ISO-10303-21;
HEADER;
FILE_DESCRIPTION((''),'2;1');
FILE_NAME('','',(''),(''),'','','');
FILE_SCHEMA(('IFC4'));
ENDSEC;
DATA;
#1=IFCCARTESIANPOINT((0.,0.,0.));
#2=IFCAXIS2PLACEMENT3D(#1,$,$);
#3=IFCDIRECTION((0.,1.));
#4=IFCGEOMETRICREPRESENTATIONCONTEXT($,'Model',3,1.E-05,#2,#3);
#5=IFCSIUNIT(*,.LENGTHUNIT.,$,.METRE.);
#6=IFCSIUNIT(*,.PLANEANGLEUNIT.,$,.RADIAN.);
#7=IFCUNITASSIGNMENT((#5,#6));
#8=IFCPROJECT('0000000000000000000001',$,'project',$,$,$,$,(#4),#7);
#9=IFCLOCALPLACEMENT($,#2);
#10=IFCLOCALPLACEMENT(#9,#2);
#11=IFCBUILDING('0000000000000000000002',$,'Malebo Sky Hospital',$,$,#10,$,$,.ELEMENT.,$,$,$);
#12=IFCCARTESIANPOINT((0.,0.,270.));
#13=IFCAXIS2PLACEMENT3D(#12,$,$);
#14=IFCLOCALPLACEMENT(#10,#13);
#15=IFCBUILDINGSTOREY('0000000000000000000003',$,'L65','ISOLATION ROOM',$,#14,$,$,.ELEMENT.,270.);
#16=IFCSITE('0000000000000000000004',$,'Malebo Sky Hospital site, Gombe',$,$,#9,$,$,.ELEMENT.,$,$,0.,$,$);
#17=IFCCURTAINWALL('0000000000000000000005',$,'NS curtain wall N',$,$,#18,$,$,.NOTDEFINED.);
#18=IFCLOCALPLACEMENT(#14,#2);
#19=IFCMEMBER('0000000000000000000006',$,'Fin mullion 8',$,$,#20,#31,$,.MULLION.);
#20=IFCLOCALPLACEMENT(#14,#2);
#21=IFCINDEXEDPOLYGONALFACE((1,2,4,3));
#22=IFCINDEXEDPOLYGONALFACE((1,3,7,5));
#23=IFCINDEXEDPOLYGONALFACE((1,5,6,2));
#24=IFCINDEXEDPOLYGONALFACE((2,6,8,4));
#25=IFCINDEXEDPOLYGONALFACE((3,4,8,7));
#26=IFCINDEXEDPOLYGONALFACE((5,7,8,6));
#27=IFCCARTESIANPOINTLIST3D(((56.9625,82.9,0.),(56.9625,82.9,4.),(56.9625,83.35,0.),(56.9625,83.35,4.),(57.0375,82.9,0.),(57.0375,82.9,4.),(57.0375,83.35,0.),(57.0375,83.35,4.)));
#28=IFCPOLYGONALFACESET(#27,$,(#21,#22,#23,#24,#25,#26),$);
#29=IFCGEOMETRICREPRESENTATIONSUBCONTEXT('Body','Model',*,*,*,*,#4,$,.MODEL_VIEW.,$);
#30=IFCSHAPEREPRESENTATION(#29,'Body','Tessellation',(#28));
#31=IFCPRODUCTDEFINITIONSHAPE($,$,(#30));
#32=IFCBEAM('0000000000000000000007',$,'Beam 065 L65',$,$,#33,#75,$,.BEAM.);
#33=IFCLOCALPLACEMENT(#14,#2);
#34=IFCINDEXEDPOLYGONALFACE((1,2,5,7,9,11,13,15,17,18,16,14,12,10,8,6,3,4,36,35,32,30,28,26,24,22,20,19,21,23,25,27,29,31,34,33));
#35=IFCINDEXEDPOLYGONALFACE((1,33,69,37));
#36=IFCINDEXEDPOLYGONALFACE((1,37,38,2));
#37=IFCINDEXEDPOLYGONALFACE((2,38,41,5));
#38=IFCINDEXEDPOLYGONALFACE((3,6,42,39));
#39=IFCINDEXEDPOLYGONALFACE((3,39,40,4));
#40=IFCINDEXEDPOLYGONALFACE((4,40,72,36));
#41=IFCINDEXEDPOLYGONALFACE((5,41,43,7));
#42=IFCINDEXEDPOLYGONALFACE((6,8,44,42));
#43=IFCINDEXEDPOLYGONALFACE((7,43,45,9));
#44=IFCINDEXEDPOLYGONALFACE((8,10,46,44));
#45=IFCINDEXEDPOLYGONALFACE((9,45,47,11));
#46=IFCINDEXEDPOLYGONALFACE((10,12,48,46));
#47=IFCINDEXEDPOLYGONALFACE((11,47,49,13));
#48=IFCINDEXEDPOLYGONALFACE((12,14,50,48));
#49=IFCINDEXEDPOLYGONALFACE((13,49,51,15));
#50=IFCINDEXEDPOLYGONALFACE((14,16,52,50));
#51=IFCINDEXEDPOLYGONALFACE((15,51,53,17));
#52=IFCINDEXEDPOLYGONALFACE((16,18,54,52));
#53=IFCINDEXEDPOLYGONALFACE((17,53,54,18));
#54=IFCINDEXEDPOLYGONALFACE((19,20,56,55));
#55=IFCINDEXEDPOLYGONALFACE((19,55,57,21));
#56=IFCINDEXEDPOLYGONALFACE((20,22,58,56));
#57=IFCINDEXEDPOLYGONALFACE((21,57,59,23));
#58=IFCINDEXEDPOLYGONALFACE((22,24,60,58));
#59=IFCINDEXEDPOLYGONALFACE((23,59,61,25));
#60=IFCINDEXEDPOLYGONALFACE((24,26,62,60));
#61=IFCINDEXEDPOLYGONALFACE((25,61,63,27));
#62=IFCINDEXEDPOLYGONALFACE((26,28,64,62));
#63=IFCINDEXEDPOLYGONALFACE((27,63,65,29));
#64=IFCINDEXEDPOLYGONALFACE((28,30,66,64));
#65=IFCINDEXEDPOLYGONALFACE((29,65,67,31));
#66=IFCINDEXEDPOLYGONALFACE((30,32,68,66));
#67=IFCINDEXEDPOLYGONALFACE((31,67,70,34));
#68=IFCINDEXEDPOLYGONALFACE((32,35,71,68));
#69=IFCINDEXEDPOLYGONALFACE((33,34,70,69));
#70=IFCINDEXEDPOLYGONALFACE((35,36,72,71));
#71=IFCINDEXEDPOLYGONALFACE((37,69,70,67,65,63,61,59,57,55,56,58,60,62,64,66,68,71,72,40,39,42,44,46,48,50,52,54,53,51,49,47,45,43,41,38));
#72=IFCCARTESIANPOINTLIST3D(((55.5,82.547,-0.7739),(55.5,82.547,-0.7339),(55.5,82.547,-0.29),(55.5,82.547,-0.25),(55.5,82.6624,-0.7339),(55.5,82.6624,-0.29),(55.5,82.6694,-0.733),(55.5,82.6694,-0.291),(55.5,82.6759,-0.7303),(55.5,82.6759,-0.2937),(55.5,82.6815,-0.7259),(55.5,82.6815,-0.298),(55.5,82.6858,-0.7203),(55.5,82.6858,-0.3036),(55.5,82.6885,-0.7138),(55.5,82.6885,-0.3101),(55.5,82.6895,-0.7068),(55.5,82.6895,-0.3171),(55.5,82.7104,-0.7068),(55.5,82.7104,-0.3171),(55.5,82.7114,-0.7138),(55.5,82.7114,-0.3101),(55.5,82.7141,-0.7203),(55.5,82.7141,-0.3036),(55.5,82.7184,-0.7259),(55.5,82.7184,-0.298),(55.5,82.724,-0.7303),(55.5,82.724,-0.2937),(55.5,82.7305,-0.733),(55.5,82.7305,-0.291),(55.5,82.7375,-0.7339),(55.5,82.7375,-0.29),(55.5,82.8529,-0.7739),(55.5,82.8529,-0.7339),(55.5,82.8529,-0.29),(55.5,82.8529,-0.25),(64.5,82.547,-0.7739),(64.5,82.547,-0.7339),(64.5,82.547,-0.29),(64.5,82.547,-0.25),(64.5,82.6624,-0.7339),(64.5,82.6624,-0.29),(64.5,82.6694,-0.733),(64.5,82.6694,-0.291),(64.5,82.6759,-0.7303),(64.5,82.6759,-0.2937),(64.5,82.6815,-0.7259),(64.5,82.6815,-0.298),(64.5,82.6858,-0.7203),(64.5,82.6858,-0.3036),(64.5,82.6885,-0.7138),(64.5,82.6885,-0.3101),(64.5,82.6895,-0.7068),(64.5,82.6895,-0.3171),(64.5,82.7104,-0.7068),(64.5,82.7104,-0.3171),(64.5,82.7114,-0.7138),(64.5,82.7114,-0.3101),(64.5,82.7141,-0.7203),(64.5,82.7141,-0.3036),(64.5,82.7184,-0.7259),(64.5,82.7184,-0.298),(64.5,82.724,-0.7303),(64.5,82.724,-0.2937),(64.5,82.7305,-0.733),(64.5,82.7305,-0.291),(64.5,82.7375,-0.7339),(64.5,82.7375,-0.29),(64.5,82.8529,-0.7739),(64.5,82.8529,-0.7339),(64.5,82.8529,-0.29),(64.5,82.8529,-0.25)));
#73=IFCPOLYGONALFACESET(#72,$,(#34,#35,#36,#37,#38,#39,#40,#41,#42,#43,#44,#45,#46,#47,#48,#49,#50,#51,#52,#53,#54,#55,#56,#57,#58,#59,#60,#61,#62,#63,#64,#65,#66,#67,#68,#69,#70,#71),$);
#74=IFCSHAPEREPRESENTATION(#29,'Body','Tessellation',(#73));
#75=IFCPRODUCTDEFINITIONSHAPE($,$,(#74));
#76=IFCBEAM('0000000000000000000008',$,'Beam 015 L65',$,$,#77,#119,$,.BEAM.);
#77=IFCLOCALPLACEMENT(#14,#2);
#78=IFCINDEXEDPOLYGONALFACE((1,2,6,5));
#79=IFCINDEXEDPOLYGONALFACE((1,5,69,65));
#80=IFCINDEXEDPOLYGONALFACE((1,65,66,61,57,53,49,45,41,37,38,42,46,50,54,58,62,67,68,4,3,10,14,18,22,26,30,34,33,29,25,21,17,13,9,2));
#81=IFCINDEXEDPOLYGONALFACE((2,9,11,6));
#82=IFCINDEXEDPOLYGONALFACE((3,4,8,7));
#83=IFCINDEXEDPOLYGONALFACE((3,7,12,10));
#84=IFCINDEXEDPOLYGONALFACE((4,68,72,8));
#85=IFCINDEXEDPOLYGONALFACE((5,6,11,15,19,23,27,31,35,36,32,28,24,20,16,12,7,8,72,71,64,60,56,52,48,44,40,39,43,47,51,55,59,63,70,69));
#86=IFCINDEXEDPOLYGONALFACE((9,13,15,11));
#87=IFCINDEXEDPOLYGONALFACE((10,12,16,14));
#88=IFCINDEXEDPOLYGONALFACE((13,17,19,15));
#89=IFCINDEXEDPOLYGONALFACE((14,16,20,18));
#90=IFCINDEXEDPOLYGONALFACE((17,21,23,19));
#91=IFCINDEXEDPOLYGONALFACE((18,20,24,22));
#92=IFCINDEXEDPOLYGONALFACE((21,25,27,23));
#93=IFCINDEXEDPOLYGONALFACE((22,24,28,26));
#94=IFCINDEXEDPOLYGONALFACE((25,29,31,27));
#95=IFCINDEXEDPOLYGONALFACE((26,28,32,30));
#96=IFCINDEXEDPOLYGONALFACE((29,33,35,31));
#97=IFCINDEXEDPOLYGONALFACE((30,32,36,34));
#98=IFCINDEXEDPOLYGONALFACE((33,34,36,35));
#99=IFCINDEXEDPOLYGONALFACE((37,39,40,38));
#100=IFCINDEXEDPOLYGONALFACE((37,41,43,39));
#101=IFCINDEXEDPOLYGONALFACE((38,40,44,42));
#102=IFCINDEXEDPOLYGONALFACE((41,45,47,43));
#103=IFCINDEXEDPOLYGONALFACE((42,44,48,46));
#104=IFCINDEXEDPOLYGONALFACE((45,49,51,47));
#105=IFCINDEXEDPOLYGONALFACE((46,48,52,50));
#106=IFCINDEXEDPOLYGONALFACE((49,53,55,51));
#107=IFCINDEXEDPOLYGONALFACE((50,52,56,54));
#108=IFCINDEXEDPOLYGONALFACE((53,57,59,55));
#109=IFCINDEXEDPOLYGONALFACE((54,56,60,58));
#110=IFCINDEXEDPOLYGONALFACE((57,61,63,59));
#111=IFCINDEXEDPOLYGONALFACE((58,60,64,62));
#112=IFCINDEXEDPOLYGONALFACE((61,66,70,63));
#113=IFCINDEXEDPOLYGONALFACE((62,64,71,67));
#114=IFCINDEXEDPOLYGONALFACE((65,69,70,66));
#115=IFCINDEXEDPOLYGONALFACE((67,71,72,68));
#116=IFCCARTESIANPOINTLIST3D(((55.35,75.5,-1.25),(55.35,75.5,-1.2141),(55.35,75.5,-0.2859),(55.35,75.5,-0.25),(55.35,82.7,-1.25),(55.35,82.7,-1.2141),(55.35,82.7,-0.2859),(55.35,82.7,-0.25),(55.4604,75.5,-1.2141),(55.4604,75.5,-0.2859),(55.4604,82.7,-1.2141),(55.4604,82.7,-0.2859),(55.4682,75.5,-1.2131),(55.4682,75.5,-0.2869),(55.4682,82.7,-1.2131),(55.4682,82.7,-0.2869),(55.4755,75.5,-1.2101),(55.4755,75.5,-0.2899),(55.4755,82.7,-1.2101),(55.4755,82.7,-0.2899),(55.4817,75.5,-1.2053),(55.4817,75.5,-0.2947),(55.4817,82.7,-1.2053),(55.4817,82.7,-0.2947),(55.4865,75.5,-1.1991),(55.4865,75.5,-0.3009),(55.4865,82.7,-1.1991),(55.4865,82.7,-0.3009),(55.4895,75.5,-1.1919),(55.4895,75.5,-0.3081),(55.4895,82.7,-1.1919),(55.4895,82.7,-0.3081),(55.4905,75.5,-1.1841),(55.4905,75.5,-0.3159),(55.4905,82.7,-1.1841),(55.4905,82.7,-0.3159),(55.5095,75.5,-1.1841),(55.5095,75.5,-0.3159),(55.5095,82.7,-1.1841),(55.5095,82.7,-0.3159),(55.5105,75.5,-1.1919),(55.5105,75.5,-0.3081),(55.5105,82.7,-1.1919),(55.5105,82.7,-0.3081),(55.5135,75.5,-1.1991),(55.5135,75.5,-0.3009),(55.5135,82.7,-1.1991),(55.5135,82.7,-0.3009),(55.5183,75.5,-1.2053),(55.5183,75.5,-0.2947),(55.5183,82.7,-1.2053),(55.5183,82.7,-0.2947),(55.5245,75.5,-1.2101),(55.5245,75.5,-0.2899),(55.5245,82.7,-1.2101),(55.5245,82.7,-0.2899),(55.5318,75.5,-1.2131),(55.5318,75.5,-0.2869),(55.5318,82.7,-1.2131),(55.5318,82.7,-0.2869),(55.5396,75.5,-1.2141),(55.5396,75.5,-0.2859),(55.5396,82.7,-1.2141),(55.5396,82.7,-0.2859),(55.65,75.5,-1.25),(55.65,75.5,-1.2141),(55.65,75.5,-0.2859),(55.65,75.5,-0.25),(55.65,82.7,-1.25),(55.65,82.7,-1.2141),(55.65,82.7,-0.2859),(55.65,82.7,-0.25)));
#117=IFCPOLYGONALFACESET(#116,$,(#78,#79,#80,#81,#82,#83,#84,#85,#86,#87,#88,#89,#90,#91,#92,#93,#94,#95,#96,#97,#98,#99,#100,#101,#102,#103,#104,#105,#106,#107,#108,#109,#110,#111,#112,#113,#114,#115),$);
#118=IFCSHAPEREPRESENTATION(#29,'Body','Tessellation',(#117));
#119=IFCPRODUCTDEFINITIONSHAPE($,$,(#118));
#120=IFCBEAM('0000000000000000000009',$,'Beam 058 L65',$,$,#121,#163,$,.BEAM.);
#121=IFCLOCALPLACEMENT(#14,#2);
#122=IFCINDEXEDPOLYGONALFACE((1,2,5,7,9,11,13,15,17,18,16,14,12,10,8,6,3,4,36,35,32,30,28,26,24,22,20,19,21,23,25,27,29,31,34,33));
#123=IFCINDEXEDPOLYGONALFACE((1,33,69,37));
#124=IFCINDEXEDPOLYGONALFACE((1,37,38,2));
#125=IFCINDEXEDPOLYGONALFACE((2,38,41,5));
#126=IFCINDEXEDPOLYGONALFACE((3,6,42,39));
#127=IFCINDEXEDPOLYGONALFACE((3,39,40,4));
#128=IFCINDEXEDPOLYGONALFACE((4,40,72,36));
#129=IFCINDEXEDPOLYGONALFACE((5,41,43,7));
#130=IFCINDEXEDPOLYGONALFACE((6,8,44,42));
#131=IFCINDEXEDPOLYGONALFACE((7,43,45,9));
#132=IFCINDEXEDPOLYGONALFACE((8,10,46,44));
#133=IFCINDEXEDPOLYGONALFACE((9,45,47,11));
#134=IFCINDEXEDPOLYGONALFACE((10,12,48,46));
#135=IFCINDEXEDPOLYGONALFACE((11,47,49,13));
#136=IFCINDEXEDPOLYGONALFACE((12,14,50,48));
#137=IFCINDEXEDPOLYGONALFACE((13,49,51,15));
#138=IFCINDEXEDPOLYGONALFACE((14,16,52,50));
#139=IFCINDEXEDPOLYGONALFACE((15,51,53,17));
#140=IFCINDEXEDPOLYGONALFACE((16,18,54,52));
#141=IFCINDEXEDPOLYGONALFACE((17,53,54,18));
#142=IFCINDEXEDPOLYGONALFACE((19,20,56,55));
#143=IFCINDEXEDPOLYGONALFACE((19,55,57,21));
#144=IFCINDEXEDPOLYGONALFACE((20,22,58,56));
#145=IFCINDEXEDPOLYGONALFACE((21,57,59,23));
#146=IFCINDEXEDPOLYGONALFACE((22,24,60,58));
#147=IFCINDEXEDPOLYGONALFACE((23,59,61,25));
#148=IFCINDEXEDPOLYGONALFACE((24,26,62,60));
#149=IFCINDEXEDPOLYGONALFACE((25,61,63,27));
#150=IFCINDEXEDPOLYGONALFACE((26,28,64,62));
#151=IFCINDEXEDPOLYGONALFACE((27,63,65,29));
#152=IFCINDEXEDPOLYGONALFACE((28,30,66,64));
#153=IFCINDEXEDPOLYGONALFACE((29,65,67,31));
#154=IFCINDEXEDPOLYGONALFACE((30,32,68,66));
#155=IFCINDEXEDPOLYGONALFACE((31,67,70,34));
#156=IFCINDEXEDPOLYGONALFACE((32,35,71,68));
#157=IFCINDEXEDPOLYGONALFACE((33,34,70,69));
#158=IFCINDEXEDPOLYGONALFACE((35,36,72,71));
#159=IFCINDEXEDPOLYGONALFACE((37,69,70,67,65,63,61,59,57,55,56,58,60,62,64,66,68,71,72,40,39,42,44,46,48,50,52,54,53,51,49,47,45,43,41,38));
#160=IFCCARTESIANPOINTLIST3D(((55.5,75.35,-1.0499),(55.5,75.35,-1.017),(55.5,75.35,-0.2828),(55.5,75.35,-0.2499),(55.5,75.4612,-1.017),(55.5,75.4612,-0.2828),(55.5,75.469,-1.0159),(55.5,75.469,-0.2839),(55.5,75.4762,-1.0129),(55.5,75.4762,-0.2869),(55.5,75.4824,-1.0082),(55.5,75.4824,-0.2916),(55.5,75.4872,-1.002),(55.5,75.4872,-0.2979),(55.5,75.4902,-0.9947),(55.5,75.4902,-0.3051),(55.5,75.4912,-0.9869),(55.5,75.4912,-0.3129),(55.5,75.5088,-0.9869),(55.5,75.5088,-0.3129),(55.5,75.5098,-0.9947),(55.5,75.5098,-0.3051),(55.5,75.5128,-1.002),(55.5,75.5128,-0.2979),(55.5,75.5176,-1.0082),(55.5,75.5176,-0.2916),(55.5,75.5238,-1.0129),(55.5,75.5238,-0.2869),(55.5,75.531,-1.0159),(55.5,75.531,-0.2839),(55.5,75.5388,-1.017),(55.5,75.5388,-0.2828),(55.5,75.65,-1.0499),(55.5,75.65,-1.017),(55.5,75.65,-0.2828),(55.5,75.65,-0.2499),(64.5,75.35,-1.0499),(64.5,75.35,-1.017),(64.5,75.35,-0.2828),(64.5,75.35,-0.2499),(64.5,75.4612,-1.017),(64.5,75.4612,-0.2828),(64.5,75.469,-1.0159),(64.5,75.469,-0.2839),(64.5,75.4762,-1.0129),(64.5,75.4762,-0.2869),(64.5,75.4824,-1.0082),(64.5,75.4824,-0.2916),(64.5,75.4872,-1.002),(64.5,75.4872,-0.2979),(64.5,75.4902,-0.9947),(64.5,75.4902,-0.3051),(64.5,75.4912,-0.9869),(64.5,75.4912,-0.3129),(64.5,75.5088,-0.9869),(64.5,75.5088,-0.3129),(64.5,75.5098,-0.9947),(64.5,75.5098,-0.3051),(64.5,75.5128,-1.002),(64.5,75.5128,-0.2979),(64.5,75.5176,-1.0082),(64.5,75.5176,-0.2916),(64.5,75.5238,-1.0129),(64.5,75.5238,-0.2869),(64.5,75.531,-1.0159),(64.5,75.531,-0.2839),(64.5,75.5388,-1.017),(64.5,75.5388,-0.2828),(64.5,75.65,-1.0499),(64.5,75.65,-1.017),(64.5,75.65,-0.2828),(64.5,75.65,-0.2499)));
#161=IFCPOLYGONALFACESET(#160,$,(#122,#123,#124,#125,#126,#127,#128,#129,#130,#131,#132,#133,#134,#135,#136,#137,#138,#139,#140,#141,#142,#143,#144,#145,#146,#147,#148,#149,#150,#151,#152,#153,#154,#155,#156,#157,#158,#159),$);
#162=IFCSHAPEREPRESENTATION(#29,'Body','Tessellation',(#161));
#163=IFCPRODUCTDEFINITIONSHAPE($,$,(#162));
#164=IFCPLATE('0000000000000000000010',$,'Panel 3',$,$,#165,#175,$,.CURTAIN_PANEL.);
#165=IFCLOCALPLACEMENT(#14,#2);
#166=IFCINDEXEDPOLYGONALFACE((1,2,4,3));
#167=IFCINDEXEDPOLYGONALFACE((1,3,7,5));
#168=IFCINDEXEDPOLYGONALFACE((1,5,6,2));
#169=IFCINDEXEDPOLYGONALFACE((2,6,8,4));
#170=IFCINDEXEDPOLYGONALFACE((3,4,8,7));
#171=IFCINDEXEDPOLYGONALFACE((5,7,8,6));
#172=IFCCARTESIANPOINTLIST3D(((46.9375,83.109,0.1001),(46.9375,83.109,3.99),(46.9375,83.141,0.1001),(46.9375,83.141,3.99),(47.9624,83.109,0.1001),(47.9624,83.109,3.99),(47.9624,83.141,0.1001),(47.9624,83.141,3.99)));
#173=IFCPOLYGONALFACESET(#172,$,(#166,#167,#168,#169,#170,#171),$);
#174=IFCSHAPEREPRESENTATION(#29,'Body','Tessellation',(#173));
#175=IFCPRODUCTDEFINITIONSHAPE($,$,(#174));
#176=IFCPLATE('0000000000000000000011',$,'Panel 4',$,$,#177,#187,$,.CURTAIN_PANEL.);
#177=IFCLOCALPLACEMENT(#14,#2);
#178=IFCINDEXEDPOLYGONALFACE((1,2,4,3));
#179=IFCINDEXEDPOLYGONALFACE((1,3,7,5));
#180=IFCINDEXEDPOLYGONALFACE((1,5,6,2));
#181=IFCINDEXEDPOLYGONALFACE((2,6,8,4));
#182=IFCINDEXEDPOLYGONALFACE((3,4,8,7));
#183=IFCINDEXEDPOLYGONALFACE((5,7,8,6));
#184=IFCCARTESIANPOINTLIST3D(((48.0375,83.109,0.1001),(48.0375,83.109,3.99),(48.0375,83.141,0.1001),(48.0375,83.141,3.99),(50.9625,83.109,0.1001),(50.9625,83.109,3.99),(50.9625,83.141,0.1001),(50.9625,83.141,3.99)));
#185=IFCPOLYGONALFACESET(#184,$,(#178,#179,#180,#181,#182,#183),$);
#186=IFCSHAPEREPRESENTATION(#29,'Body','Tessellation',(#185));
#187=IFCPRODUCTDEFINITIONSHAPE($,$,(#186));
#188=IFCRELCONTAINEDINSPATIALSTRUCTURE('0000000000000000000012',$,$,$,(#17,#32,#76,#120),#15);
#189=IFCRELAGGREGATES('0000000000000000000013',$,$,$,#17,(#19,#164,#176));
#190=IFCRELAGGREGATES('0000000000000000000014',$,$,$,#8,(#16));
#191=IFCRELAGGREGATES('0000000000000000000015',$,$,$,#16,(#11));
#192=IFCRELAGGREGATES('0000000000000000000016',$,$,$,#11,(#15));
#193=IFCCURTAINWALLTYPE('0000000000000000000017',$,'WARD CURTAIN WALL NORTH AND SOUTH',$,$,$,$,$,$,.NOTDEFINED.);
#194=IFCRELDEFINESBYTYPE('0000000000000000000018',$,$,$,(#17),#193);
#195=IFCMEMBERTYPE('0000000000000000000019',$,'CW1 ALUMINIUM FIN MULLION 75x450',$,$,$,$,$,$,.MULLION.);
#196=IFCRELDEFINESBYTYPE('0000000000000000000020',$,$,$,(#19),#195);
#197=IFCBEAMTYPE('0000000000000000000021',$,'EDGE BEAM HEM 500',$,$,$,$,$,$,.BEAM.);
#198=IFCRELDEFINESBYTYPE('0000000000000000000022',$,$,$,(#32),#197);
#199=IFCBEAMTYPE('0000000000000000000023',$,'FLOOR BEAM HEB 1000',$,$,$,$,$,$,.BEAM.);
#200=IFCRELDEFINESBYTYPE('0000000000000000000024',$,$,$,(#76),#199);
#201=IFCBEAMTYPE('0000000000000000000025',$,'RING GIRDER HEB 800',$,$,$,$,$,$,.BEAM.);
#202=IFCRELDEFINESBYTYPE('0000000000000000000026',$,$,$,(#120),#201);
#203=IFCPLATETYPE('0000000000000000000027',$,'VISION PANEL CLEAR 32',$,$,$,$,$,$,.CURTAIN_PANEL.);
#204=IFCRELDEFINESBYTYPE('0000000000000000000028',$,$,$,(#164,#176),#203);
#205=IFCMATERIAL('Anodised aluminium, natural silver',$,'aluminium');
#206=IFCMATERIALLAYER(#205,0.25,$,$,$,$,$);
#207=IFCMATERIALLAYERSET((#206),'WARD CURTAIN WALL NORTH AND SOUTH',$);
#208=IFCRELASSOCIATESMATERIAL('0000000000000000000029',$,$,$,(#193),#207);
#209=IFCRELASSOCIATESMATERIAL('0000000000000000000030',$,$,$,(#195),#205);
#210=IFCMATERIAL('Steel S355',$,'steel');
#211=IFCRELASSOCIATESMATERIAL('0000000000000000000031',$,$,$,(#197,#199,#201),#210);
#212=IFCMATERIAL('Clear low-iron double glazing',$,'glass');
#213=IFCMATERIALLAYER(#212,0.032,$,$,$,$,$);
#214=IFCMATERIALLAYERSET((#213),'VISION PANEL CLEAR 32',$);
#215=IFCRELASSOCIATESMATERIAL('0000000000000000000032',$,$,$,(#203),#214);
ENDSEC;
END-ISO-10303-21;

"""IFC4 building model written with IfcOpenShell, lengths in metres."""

from ifc_helpers import new_model, si_unit, direction, frame, origin, origin_2d, place, context, subcontext, project, spatial, rectangle, i_section, extrude, material, layer, layer_set, material_profile, profile_set, type_object, element, aggregate, save


model = new_model("IFC4")

# Units and contexts
model_context = context("Model", 3, precision=1e-05, world=origin(), true_north=direction((0.0, 1.0)))
body_context = subcontext(model_context, "Body", "Model", "MODEL_VIEW")
ifc_project = project(units=[si_unit("LENGTHUNIT", "METRE"), si_unit("PLANEANGLEUNIT", "RADIAN")], contexts=[model_context])

# Site, building, storey
site_placement = place(None, origin())
site = spatial("IfcSite", under=ifc_project, at=site_placement, Name="Malebo Sky Hospital site, Gombe", CompositionType="ELEMENT", RefElevation=0.0)
building_placement = place(site_placement, origin())
building = spatial("IfcBuilding", under=site, at=building_placement, Name="Malebo Sky Hospital", CompositionType="ELEMENT")
storey_placement = place(building_placement, frame((0.0, 0.0, 270.0)))
storey = spatial("IfcBuildingStorey", under=building, at=storey_placement, Name="L65", Description="ISOLATION ROOM", CompositionType="ELEMENT", Elevation=270.0)

# Curtain wall, member
ifc_material_1 = material(Name="Anodised aluminium, natural silver", Category="aluminium")
ifc_layer_1 = layer(ifc_material_1, 0.25)
ifc_layer_set_1 = layer_set([ifc_layer_1], Name="WARD CURTAIN WALL NORTH AND SOUTH")
curtain_wall_type = type_object("IfcCurtainWallType", Name="WARD CURTAIN WALL NORTH AND SOUTH", PredefinedType="NOTDEFINED", material=ifc_layer_set_1)
curtain_wall_placement = place(storey_placement, origin())
curtain_wall = element("IfcCurtainWall", 1, at=curtain_wall_placement, inside=storey, type_object=curtain_wall_type, Name="NS curtain wall N", PredefinedType="NOTDEFINED")
ifc_material_profile_1 = material_profile(ifc_material_1, rectangle(XDim=0.075, YDim=0.45, at=origin_2d()), Name="CW1 ALUMINIUM FIN MULLION 75x450")
ifc_profile_set_1 = profile_set([ifc_material_profile_1], Name="Anodised aluminium, natural silver")
member_type_1 = type_object("IfcMemberType", Name="CW1 ALUMINIUM FIN MULLION 75x450", PredefinedType="MULLION", material=ifc_profile_set_1)
member_1_placement = place(storey_placement, frame((57.0, 83.125, 0.0), z_axis=(0.0, 0.0, 1.0), x_axis=(1.0, 0.0, 0.0)))
member_1 = element("IfcMember", 2, at=member_1_placement, type_object=member_type_1, Name="Fin mullion 8", PredefinedType="MULLION", context=body_context, shape_type="SweptSolid", body=[
    extrude(rectangle(XDim=0.075, YDim=0.45, at=origin_2d()), origin(), (0.0, 0.0, 1.0), 4.0),
])

# Beams
ifc_material_2 = material(Name="Steel S355", Category="steel")
ifc_material_profile_2 = material_profile(ifc_material_2, i_section(OverallWidth=0.3059, OverallDepth=0.5239, WebThickness=0.021, FlangeThickness=0.04, FilletRadius=0.0271, at=origin_2d()), Name="HEM 500")
ifc_profile_set_2 = profile_set([ifc_material_profile_2], Name="Steel S355")
beam_type_1 = type_object("IfcBeamType", Name="EDGE BEAM HEM 500", PredefinedType="BEAM", material=ifc_profile_set_2)
beam_1_placement = place(storey_placement, frame((55.5, 82.7, -0.512), z_axis=(1.0, 0.0, 0.0), x_axis=(0.0, 1.0, 0.0)))
element("IfcBeam", 3, at=beam_1_placement, inside=storey, type_object=beam_type_1, Name="Beam 065 L65", PredefinedType="BEAM", context=body_context, shape_type="SweptSolid", body=[
    extrude(i_section(OverallWidth=0.3059, OverallDepth=0.5239, WebThickness=0.021, FlangeThickness=0.04, FilletRadius=0.0271, at=origin_2d()), origin(), (0.0, 0.0, 1.0), 9.0),
])
ifc_material_profile_3 = material_profile(ifc_material_2, i_section(OverallWidth=0.3, OverallDepth=1.0, WebThickness=0.019, FlangeThickness=0.0359, FilletRadius=0.03, at=origin_2d()), Name="HEB 1000")
ifc_profile_set_3 = profile_set([ifc_material_profile_3], Name="Steel S355")
beam_type_2 = type_object("IfcBeamType", Name="FLOOR BEAM HEB 1000", PredefinedType="BEAM", material=ifc_profile_set_3)
beam_2_placement = place(storey_placement, frame((55.5, 75.5, -0.75), z_axis=(0.0, 1.0, 0.0), x_axis=(-1.0, 0.0, 0.0)))
element("IfcBeam", 4, at=beam_2_placement, inside=storey, type_object=beam_type_2, Name="Beam 015 L65", PredefinedType="BEAM", context=body_context, shape_type="SweptSolid", body=[
    extrude(i_section(OverallWidth=0.3, OverallDepth=1.0, WebThickness=0.019, FlangeThickness=0.0359, FilletRadius=0.03, at=origin_2d()), origin(), (0.0, 0.0, 1.0), 7.2),
])
ifc_material_profile_4 = material_profile(ifc_material_2, i_section(OverallWidth=0.3, OverallDepth=0.8, WebThickness=0.0176, FlangeThickness=0.033, FilletRadius=0.03, at=origin_2d()), Name="HEB 800")
ifc_profile_set_4 = profile_set([ifc_material_profile_4], Name="Steel S355")
beam_type_3 = type_object("IfcBeamType", Name="RING GIRDER HEB 800", PredefinedType="BEAM", material=ifc_profile_set_4)
beam_3_placement = place(storey_placement, frame((55.5, 75.5, -0.6499), z_axis=(1.0, 0.0, 0.0), x_axis=(0.0, 1.0, 0.0)))
element("IfcBeam", 5, at=beam_3_placement, inside=storey, type_object=beam_type_3, Name="Beam 058 L65", PredefinedType="BEAM", context=body_context, shape_type="SweptSolid", body=[
    extrude(i_section(OverallWidth=0.3, OverallDepth=0.8, WebThickness=0.0176, FlangeThickness=0.033, FilletRadius=0.03, at=origin_2d()), origin(), (0.0, 0.0, 1.0), 9.0),
])

# Plates
ifc_material_3 = material(Name="Clear low-iron double glazing", Category="glass")
ifc_layer_2 = layer(ifc_material_3, 0.032)
ifc_layer_set_2 = layer_set([ifc_layer_2], Name="VISION PANEL CLEAR 32")
plate_type = type_object("IfcPlateType", Name="VISION PANEL CLEAR 32", PredefinedType="CURTAIN_PANEL", material=ifc_layer_set_2)
plate_1_placement = place(storey_placement, frame((47.45, 83.125, 0.1001), z_axis=(0.0, 0.0, 1.0), x_axis=(1.0, 0.0, 0.0)))
plate_1 = element("IfcPlate", 6, at=plate_1_placement, type_object=plate_type, Name="Panel 3", PredefinedType="CURTAIN_PANEL", context=body_context, shape_type="SweptSolid", body=[
    extrude(rectangle(XDim=1.0249, YDim=0.032, at=origin_2d()), origin(), (0.0, 0.0, 1.0), 3.8899),
])
plate_2_placement = place(storey_placement, frame((49.5, 83.125, 0.1001), z_axis=(0.0, 0.0, 1.0), x_axis=(1.0, 0.0, 0.0)))
plate_2 = element("IfcPlate", 7, at=plate_2_placement, type_object=plate_type, Name="Panel 4", PredefinedType="CURTAIN_PANEL", context=body_context, shape_type="SweptSolid", body=[
    extrude(rectangle(XDim=2.925, YDim=0.032, at=origin_2d()), origin(), (0.0, 0.0, 1.0), 3.8899),
])
aggregate(curtain_wall, [member_1, plate_1, plate_2])

save(model, "model.ifc")
